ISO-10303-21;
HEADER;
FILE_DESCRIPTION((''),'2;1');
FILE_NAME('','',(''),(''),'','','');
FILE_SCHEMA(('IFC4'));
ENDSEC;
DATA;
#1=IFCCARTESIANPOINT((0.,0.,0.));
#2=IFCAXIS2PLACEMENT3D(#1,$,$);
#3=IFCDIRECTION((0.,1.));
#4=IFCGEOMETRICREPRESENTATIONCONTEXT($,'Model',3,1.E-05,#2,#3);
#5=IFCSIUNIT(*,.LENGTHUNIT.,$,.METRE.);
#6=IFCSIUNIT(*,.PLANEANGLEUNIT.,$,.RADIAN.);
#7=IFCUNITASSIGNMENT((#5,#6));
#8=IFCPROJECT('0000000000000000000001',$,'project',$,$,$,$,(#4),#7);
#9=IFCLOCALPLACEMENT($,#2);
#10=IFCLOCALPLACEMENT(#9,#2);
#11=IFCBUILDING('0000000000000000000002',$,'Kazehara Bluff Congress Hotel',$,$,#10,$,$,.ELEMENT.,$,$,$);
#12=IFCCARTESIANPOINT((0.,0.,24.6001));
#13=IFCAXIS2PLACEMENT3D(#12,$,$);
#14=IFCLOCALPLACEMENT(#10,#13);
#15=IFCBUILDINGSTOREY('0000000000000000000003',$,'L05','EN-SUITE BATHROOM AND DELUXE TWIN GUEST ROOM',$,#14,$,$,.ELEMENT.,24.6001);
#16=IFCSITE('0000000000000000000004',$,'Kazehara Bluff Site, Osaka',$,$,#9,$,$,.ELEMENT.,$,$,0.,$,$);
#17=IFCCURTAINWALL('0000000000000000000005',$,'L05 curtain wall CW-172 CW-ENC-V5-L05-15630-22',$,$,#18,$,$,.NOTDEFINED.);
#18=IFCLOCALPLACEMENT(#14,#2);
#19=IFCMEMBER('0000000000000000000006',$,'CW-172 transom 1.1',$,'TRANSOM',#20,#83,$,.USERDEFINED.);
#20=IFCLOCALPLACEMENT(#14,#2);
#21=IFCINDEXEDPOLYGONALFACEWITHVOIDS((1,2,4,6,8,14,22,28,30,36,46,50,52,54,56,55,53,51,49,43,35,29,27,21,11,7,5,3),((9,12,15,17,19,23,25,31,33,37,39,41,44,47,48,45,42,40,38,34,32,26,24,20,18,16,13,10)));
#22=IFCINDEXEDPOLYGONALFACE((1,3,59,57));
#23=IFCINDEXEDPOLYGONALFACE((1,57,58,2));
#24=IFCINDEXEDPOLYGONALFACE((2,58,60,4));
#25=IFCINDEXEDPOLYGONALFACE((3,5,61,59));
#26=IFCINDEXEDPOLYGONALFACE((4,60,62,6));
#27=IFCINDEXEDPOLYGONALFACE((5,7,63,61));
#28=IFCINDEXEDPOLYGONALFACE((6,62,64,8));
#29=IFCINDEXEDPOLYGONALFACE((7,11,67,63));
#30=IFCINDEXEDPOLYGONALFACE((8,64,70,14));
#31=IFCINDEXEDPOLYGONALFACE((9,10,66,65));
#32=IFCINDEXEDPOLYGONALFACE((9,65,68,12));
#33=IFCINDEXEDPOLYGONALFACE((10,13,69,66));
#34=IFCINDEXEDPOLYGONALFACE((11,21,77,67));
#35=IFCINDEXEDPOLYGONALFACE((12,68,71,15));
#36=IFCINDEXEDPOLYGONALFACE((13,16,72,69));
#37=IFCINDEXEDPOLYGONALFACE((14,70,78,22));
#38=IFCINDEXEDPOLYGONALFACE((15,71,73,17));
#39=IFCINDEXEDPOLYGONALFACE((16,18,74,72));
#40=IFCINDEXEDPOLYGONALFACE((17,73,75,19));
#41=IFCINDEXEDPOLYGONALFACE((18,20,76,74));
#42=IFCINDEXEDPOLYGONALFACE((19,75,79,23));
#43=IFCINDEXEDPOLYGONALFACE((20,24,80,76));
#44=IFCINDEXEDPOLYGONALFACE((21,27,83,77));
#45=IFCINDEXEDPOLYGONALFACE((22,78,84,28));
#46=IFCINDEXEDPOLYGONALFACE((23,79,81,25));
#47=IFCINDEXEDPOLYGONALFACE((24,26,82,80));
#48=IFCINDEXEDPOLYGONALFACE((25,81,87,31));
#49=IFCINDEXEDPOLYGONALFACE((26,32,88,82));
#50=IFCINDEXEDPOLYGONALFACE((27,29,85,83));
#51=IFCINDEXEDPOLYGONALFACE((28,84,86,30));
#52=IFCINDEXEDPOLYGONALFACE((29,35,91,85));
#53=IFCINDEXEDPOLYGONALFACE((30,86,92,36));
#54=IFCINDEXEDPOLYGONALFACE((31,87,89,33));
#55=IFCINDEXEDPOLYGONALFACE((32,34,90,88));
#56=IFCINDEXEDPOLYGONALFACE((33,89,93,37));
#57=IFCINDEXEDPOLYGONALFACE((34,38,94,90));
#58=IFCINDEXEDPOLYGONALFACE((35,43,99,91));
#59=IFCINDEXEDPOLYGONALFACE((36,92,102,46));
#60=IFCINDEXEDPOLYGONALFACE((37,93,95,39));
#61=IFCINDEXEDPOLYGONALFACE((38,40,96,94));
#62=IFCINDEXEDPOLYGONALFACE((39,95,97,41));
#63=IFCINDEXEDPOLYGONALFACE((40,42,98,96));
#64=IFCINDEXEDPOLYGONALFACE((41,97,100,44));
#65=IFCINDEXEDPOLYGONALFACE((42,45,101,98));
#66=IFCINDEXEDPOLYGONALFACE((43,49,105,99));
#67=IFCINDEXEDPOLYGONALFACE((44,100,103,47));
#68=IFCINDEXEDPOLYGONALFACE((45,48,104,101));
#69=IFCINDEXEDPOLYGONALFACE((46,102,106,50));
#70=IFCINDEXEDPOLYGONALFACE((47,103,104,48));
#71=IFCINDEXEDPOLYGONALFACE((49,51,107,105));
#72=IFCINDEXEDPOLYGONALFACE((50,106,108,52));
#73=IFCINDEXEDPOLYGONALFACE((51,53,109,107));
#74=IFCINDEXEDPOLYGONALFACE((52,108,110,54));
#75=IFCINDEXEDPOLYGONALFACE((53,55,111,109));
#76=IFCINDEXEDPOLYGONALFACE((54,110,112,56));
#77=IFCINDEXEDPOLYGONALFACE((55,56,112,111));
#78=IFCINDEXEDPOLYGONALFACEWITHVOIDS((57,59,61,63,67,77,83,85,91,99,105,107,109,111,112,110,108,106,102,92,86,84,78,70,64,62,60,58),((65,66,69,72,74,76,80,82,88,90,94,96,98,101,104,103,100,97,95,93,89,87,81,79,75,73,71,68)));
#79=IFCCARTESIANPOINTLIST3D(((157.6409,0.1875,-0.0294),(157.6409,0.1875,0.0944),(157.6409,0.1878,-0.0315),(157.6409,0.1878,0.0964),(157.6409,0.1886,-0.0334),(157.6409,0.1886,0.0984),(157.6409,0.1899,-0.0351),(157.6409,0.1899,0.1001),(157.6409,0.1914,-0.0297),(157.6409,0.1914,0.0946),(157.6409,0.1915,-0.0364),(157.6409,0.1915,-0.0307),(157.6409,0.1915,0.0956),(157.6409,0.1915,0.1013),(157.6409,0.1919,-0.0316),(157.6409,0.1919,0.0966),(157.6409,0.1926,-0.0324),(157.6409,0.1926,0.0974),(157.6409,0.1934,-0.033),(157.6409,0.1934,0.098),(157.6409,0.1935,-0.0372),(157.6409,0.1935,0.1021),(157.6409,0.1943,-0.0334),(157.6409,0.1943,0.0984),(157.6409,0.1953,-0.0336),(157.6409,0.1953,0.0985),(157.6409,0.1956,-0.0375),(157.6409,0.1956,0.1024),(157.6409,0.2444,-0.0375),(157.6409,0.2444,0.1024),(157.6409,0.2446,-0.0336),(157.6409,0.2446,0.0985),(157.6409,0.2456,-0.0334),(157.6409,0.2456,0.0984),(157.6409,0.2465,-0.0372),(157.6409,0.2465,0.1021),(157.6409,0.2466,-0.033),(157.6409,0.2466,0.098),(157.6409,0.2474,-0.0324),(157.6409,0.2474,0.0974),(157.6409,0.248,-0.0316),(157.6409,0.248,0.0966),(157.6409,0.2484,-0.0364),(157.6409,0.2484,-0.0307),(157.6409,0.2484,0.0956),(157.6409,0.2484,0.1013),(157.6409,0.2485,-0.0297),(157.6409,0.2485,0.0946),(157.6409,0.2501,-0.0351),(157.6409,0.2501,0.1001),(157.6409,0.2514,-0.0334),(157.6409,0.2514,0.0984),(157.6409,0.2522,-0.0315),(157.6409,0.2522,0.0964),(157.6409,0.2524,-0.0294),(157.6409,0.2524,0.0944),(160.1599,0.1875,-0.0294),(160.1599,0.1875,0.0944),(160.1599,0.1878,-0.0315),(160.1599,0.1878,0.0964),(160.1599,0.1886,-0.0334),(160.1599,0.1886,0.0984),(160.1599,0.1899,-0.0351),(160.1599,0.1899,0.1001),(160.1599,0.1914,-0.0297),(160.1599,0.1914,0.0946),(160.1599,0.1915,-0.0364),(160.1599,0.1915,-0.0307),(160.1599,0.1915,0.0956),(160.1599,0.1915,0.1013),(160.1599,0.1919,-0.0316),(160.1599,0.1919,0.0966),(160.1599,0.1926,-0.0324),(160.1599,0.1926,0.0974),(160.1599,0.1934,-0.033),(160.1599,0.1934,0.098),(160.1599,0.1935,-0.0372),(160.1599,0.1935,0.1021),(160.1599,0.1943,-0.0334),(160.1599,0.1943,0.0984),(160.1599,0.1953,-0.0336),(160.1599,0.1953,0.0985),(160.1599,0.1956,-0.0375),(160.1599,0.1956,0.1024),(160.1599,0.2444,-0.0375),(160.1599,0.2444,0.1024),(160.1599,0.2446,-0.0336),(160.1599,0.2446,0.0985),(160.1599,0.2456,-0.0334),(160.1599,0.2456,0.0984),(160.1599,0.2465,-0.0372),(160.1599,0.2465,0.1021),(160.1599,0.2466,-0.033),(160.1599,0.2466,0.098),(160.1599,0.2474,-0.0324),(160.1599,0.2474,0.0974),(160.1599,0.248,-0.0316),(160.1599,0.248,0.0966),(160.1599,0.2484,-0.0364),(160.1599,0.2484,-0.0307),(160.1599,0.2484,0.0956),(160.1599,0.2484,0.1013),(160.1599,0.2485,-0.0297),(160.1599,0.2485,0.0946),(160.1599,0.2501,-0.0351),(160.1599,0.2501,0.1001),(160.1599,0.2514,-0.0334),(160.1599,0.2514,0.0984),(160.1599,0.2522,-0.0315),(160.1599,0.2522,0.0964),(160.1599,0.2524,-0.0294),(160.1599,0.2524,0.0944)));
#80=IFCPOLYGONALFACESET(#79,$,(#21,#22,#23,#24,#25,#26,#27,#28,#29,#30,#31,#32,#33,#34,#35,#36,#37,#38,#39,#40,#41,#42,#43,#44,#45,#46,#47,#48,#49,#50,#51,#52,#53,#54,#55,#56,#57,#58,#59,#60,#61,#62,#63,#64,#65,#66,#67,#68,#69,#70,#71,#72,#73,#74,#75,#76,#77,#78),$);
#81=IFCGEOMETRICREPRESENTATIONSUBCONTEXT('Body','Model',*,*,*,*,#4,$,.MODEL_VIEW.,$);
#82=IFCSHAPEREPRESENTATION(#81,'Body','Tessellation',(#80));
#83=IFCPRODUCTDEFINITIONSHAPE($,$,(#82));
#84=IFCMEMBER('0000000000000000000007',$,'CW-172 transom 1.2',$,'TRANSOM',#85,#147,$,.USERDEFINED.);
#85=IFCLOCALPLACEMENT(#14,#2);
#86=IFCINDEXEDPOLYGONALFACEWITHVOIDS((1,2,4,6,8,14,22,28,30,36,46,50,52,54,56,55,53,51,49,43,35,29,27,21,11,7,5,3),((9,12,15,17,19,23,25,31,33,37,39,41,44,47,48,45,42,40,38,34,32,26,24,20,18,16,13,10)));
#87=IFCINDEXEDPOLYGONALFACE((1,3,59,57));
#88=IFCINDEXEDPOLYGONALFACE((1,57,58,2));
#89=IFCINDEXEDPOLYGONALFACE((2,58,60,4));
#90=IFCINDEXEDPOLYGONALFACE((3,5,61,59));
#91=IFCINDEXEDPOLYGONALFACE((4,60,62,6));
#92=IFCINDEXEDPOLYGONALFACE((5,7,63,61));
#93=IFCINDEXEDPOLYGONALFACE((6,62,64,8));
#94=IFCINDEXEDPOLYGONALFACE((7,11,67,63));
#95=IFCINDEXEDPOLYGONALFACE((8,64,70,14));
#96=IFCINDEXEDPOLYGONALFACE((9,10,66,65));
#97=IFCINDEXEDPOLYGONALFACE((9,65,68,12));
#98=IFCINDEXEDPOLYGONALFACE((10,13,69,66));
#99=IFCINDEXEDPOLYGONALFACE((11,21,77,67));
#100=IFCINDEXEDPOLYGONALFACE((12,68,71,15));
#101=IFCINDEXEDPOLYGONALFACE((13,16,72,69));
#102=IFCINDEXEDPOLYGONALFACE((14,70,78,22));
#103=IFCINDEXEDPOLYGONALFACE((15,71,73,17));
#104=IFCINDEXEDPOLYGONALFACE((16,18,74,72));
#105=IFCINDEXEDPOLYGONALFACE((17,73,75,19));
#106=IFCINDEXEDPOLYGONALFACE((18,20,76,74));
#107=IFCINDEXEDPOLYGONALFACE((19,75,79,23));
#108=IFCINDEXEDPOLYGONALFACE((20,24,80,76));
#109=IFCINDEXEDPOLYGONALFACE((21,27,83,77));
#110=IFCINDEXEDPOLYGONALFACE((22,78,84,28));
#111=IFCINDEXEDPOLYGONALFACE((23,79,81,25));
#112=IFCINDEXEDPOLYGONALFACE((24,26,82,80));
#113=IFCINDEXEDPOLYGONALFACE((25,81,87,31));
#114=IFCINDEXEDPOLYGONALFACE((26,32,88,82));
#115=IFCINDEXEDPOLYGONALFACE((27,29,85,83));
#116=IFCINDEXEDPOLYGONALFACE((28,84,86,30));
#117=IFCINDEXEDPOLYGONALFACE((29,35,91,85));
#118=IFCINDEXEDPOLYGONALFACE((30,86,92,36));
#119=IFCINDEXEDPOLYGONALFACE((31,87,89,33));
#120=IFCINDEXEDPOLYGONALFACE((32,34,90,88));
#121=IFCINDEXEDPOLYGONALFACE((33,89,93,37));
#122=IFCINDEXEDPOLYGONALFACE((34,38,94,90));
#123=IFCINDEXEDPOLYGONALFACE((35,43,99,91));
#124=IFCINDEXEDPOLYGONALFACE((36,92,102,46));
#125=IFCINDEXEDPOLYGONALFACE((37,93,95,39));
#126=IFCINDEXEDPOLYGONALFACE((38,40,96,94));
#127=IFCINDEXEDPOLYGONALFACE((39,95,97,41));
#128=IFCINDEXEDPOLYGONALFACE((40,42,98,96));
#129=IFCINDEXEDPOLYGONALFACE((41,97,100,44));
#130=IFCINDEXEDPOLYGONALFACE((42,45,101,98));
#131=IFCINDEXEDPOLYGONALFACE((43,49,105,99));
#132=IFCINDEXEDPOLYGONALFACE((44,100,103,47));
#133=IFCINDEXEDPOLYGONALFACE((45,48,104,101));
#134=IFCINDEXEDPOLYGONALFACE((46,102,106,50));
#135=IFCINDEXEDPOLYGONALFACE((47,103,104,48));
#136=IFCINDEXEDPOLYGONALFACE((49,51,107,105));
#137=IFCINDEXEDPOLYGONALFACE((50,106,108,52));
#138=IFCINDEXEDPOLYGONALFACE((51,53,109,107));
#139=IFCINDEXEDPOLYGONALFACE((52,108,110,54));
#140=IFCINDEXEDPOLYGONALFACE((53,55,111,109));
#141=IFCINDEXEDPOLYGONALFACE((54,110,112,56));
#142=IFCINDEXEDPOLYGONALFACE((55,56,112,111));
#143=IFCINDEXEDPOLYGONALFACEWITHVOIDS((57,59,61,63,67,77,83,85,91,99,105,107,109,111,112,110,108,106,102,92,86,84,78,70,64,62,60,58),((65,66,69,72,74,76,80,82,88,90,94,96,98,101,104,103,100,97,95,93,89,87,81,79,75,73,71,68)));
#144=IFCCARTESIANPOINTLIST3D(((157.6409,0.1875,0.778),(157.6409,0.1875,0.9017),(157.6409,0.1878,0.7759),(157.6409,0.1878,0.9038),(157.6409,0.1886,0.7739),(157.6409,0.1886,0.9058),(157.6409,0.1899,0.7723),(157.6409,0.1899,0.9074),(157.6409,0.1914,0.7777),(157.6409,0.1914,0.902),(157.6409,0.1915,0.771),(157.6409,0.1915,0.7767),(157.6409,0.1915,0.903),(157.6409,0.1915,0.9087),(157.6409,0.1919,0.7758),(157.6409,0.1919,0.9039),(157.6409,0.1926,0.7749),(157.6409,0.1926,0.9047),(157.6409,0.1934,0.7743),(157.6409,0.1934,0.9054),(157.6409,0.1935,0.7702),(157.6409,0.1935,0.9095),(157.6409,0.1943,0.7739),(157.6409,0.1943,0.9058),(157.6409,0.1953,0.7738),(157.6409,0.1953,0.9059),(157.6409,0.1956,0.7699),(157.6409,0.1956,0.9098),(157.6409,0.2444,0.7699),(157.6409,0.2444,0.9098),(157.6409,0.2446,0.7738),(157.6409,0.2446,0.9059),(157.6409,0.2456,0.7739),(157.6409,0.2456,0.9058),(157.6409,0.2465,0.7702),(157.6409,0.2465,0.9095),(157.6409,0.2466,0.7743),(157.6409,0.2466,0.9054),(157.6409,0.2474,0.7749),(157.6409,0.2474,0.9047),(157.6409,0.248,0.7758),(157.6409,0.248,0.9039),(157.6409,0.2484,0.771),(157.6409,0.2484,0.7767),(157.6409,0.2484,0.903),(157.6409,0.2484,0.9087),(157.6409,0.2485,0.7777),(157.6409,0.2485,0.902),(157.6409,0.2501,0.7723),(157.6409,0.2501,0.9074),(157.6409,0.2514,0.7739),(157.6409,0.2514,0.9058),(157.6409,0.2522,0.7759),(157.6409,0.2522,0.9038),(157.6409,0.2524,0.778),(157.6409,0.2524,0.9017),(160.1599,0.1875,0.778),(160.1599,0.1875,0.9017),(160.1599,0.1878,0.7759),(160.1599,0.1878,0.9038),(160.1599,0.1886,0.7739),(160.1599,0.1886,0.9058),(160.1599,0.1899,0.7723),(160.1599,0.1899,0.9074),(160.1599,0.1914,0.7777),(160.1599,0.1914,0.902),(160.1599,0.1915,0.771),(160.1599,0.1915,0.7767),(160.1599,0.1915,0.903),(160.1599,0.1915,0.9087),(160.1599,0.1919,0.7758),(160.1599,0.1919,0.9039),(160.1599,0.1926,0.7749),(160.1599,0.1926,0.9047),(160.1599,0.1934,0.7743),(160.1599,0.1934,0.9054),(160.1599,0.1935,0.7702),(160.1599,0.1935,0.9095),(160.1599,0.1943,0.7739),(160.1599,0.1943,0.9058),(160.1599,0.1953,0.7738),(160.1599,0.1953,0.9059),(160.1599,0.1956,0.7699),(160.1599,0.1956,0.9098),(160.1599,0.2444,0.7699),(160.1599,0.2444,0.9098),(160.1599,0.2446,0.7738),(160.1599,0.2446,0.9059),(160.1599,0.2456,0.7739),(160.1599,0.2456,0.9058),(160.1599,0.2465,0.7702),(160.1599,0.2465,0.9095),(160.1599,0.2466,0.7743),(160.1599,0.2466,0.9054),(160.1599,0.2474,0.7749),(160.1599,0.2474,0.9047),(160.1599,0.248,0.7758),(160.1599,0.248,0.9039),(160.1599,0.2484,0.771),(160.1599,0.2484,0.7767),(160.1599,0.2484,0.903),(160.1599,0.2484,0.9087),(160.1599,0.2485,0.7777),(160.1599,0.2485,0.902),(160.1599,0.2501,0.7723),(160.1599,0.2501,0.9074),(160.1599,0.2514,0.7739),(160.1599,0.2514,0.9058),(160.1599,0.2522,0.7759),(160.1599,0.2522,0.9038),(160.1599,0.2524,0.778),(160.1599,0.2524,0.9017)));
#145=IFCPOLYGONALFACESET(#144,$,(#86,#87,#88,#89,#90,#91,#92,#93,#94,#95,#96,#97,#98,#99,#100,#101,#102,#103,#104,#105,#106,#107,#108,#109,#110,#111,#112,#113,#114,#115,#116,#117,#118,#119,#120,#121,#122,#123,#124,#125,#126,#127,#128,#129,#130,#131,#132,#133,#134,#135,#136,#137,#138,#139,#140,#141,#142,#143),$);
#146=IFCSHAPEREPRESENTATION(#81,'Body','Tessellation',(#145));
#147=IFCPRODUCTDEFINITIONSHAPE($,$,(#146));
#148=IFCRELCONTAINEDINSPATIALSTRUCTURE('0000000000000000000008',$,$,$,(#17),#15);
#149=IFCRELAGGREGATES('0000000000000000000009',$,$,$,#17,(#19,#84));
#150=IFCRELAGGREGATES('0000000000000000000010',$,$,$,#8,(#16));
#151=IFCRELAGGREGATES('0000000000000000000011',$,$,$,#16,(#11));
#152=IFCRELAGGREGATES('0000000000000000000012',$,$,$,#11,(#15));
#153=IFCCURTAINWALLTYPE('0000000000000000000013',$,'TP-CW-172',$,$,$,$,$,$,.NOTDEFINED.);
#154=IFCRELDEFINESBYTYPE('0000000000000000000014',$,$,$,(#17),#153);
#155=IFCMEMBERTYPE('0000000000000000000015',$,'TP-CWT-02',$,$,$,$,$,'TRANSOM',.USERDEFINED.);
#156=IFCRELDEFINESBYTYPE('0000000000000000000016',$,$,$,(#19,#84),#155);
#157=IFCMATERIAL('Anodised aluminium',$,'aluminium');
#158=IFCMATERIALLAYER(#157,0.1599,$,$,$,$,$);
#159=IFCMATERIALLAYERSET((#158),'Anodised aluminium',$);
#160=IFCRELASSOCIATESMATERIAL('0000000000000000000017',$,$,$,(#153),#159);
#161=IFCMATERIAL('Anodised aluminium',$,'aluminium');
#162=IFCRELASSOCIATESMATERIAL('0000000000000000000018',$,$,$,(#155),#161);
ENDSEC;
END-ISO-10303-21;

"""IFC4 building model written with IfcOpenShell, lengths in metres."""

from ifc_helpers import new_model, si_unit, direction, frame, origin, origin_2d, place, context, subcontext, project, spatial, hollow_rectangle, extrude, material, layer, layer_set, material_profile, profile_set, type_object, element, aggregate, save


model = new_model("IFC4")

# Units and contexts
model_context = context("Model", 3, precision=1e-05, world=origin(), true_north=direction((0.0, 1.0)))
body_context = subcontext(model_context, "Body", "Model", "MODEL_VIEW")
ifc_project = project(units=[si_unit("LENGTHUNIT", "METRE"), si_unit("PLANEANGLEUNIT", "RADIAN")], contexts=[model_context])

# Site, building, storey
site_placement = place(None, origin())
site = spatial("IfcSite", under=ifc_project, at=site_placement, Name="Kazehara Bluff Site, Osaka", CompositionType="ELEMENT", RefElevation=0.0)
building_placement = place(site_placement, origin())
building = spatial("IfcBuilding", under=site, at=building_placement, Name="Kazehara Bluff Congress Hotel", CompositionType="ELEMENT")
storey_placement = place(building_placement, frame((0.0, 0.0, 24.6001)))
storey = spatial("IfcBuildingStorey", under=building, at=storey_placement, Name="L05", Description="EN-SUITE BATHROOM AND DELUXE TWIN GUEST ROOM", CompositionType="ELEMENT", Elevation=24.6001)

# Curtain wall, members
ifc_material_1 = material(Name="Anodised aluminium", Category="aluminium")
ifc_layer_1 = layer(ifc_material_1, 0.1599)
ifc_layer_set_1 = layer_set([ifc_layer_1], Name="Anodised aluminium")
curtain_wall_type = type_object("IfcCurtainWallType", Name="TP-CW-172", PredefinedType="NOTDEFINED", material=ifc_layer_set_1)
curtain_wall_placement = place(storey_placement, origin())
curtain_wall = element("IfcCurtainWall", 1, at=curtain_wall_placement, inside=storey, type_object=curtain_wall_type, Name="L05 curtain wall CW-172 CW-ENC-V5-L05-15630-22", PredefinedType="NOTDEFINED")
ifc_material_2 = material(Name="Anodised aluminium", Category="aluminium")
ifc_material_profile_1 = material_profile(ifc_material_2, hollow_rectangle(XDim=0.0649, YDim=0.1399, WallThickness=0.0039, InnerFilletRadius=0.0039, OuterFilletRadius=0.0081, at=origin_2d()))
ifc_profile_set_1 = profile_set([ifc_material_profile_1], Name="Anodised aluminium")
member_type_1 = type_object("IfcMemberType", Name="TP-CWT-02", ElementType="TRANSOM", PredefinedType="USERDEFINED", material=ifc_profile_set_1)
member_1_placement = place(storey_placement, frame((160.1599, 0.22, 0.0325), z_axis=(-1.0, 0.0, 0.0), x_axis=(0.0, -1.0, 0.0)))
member_1 = element("IfcMember", 2, at=member_1_placement, type_object=member_type_1, Name="CW-172 transom 1.1", ObjectType="TRANSOM", PredefinedType="USERDEFINED", context=body_context, shape_type="SweptSolid", body=[
    extrude(hollow_rectangle(XDim=0.0649, YDim=0.1399, WallThickness=0.0039, InnerFilletRadius=0.0039, OuterFilletRadius=0.0081, at=origin_2d()), origin(), (0.0, 0.0, 1.0), 2.519),
])
member_2_placement = place(storey_placement, frame((160.1599, 0.22, 0.8398), z_axis=(-1.0, 0.0, 0.0), x_axis=(0.0, -1.0, 0.0)))
member_2 = element("IfcMember", 3, at=member_2_placement, type_object=member_type_1, Name="CW-172 transom 1.2", ObjectType="TRANSOM", PredefinedType="USERDEFINED", context=body_context, shape_type="SweptSolid", body=[
    extrude(hollow_rectangle(XDim=0.0649, YDim=0.1399, WallThickness=0.0039, InnerFilletRadius=0.0039, OuterFilletRadius=0.0081, at=origin_2d()), origin(), (0.0, 0.0, 1.0), 2.519),
])
aggregate(curtain_wall, [member_1, member_2])

save(model, "model.ifc")
